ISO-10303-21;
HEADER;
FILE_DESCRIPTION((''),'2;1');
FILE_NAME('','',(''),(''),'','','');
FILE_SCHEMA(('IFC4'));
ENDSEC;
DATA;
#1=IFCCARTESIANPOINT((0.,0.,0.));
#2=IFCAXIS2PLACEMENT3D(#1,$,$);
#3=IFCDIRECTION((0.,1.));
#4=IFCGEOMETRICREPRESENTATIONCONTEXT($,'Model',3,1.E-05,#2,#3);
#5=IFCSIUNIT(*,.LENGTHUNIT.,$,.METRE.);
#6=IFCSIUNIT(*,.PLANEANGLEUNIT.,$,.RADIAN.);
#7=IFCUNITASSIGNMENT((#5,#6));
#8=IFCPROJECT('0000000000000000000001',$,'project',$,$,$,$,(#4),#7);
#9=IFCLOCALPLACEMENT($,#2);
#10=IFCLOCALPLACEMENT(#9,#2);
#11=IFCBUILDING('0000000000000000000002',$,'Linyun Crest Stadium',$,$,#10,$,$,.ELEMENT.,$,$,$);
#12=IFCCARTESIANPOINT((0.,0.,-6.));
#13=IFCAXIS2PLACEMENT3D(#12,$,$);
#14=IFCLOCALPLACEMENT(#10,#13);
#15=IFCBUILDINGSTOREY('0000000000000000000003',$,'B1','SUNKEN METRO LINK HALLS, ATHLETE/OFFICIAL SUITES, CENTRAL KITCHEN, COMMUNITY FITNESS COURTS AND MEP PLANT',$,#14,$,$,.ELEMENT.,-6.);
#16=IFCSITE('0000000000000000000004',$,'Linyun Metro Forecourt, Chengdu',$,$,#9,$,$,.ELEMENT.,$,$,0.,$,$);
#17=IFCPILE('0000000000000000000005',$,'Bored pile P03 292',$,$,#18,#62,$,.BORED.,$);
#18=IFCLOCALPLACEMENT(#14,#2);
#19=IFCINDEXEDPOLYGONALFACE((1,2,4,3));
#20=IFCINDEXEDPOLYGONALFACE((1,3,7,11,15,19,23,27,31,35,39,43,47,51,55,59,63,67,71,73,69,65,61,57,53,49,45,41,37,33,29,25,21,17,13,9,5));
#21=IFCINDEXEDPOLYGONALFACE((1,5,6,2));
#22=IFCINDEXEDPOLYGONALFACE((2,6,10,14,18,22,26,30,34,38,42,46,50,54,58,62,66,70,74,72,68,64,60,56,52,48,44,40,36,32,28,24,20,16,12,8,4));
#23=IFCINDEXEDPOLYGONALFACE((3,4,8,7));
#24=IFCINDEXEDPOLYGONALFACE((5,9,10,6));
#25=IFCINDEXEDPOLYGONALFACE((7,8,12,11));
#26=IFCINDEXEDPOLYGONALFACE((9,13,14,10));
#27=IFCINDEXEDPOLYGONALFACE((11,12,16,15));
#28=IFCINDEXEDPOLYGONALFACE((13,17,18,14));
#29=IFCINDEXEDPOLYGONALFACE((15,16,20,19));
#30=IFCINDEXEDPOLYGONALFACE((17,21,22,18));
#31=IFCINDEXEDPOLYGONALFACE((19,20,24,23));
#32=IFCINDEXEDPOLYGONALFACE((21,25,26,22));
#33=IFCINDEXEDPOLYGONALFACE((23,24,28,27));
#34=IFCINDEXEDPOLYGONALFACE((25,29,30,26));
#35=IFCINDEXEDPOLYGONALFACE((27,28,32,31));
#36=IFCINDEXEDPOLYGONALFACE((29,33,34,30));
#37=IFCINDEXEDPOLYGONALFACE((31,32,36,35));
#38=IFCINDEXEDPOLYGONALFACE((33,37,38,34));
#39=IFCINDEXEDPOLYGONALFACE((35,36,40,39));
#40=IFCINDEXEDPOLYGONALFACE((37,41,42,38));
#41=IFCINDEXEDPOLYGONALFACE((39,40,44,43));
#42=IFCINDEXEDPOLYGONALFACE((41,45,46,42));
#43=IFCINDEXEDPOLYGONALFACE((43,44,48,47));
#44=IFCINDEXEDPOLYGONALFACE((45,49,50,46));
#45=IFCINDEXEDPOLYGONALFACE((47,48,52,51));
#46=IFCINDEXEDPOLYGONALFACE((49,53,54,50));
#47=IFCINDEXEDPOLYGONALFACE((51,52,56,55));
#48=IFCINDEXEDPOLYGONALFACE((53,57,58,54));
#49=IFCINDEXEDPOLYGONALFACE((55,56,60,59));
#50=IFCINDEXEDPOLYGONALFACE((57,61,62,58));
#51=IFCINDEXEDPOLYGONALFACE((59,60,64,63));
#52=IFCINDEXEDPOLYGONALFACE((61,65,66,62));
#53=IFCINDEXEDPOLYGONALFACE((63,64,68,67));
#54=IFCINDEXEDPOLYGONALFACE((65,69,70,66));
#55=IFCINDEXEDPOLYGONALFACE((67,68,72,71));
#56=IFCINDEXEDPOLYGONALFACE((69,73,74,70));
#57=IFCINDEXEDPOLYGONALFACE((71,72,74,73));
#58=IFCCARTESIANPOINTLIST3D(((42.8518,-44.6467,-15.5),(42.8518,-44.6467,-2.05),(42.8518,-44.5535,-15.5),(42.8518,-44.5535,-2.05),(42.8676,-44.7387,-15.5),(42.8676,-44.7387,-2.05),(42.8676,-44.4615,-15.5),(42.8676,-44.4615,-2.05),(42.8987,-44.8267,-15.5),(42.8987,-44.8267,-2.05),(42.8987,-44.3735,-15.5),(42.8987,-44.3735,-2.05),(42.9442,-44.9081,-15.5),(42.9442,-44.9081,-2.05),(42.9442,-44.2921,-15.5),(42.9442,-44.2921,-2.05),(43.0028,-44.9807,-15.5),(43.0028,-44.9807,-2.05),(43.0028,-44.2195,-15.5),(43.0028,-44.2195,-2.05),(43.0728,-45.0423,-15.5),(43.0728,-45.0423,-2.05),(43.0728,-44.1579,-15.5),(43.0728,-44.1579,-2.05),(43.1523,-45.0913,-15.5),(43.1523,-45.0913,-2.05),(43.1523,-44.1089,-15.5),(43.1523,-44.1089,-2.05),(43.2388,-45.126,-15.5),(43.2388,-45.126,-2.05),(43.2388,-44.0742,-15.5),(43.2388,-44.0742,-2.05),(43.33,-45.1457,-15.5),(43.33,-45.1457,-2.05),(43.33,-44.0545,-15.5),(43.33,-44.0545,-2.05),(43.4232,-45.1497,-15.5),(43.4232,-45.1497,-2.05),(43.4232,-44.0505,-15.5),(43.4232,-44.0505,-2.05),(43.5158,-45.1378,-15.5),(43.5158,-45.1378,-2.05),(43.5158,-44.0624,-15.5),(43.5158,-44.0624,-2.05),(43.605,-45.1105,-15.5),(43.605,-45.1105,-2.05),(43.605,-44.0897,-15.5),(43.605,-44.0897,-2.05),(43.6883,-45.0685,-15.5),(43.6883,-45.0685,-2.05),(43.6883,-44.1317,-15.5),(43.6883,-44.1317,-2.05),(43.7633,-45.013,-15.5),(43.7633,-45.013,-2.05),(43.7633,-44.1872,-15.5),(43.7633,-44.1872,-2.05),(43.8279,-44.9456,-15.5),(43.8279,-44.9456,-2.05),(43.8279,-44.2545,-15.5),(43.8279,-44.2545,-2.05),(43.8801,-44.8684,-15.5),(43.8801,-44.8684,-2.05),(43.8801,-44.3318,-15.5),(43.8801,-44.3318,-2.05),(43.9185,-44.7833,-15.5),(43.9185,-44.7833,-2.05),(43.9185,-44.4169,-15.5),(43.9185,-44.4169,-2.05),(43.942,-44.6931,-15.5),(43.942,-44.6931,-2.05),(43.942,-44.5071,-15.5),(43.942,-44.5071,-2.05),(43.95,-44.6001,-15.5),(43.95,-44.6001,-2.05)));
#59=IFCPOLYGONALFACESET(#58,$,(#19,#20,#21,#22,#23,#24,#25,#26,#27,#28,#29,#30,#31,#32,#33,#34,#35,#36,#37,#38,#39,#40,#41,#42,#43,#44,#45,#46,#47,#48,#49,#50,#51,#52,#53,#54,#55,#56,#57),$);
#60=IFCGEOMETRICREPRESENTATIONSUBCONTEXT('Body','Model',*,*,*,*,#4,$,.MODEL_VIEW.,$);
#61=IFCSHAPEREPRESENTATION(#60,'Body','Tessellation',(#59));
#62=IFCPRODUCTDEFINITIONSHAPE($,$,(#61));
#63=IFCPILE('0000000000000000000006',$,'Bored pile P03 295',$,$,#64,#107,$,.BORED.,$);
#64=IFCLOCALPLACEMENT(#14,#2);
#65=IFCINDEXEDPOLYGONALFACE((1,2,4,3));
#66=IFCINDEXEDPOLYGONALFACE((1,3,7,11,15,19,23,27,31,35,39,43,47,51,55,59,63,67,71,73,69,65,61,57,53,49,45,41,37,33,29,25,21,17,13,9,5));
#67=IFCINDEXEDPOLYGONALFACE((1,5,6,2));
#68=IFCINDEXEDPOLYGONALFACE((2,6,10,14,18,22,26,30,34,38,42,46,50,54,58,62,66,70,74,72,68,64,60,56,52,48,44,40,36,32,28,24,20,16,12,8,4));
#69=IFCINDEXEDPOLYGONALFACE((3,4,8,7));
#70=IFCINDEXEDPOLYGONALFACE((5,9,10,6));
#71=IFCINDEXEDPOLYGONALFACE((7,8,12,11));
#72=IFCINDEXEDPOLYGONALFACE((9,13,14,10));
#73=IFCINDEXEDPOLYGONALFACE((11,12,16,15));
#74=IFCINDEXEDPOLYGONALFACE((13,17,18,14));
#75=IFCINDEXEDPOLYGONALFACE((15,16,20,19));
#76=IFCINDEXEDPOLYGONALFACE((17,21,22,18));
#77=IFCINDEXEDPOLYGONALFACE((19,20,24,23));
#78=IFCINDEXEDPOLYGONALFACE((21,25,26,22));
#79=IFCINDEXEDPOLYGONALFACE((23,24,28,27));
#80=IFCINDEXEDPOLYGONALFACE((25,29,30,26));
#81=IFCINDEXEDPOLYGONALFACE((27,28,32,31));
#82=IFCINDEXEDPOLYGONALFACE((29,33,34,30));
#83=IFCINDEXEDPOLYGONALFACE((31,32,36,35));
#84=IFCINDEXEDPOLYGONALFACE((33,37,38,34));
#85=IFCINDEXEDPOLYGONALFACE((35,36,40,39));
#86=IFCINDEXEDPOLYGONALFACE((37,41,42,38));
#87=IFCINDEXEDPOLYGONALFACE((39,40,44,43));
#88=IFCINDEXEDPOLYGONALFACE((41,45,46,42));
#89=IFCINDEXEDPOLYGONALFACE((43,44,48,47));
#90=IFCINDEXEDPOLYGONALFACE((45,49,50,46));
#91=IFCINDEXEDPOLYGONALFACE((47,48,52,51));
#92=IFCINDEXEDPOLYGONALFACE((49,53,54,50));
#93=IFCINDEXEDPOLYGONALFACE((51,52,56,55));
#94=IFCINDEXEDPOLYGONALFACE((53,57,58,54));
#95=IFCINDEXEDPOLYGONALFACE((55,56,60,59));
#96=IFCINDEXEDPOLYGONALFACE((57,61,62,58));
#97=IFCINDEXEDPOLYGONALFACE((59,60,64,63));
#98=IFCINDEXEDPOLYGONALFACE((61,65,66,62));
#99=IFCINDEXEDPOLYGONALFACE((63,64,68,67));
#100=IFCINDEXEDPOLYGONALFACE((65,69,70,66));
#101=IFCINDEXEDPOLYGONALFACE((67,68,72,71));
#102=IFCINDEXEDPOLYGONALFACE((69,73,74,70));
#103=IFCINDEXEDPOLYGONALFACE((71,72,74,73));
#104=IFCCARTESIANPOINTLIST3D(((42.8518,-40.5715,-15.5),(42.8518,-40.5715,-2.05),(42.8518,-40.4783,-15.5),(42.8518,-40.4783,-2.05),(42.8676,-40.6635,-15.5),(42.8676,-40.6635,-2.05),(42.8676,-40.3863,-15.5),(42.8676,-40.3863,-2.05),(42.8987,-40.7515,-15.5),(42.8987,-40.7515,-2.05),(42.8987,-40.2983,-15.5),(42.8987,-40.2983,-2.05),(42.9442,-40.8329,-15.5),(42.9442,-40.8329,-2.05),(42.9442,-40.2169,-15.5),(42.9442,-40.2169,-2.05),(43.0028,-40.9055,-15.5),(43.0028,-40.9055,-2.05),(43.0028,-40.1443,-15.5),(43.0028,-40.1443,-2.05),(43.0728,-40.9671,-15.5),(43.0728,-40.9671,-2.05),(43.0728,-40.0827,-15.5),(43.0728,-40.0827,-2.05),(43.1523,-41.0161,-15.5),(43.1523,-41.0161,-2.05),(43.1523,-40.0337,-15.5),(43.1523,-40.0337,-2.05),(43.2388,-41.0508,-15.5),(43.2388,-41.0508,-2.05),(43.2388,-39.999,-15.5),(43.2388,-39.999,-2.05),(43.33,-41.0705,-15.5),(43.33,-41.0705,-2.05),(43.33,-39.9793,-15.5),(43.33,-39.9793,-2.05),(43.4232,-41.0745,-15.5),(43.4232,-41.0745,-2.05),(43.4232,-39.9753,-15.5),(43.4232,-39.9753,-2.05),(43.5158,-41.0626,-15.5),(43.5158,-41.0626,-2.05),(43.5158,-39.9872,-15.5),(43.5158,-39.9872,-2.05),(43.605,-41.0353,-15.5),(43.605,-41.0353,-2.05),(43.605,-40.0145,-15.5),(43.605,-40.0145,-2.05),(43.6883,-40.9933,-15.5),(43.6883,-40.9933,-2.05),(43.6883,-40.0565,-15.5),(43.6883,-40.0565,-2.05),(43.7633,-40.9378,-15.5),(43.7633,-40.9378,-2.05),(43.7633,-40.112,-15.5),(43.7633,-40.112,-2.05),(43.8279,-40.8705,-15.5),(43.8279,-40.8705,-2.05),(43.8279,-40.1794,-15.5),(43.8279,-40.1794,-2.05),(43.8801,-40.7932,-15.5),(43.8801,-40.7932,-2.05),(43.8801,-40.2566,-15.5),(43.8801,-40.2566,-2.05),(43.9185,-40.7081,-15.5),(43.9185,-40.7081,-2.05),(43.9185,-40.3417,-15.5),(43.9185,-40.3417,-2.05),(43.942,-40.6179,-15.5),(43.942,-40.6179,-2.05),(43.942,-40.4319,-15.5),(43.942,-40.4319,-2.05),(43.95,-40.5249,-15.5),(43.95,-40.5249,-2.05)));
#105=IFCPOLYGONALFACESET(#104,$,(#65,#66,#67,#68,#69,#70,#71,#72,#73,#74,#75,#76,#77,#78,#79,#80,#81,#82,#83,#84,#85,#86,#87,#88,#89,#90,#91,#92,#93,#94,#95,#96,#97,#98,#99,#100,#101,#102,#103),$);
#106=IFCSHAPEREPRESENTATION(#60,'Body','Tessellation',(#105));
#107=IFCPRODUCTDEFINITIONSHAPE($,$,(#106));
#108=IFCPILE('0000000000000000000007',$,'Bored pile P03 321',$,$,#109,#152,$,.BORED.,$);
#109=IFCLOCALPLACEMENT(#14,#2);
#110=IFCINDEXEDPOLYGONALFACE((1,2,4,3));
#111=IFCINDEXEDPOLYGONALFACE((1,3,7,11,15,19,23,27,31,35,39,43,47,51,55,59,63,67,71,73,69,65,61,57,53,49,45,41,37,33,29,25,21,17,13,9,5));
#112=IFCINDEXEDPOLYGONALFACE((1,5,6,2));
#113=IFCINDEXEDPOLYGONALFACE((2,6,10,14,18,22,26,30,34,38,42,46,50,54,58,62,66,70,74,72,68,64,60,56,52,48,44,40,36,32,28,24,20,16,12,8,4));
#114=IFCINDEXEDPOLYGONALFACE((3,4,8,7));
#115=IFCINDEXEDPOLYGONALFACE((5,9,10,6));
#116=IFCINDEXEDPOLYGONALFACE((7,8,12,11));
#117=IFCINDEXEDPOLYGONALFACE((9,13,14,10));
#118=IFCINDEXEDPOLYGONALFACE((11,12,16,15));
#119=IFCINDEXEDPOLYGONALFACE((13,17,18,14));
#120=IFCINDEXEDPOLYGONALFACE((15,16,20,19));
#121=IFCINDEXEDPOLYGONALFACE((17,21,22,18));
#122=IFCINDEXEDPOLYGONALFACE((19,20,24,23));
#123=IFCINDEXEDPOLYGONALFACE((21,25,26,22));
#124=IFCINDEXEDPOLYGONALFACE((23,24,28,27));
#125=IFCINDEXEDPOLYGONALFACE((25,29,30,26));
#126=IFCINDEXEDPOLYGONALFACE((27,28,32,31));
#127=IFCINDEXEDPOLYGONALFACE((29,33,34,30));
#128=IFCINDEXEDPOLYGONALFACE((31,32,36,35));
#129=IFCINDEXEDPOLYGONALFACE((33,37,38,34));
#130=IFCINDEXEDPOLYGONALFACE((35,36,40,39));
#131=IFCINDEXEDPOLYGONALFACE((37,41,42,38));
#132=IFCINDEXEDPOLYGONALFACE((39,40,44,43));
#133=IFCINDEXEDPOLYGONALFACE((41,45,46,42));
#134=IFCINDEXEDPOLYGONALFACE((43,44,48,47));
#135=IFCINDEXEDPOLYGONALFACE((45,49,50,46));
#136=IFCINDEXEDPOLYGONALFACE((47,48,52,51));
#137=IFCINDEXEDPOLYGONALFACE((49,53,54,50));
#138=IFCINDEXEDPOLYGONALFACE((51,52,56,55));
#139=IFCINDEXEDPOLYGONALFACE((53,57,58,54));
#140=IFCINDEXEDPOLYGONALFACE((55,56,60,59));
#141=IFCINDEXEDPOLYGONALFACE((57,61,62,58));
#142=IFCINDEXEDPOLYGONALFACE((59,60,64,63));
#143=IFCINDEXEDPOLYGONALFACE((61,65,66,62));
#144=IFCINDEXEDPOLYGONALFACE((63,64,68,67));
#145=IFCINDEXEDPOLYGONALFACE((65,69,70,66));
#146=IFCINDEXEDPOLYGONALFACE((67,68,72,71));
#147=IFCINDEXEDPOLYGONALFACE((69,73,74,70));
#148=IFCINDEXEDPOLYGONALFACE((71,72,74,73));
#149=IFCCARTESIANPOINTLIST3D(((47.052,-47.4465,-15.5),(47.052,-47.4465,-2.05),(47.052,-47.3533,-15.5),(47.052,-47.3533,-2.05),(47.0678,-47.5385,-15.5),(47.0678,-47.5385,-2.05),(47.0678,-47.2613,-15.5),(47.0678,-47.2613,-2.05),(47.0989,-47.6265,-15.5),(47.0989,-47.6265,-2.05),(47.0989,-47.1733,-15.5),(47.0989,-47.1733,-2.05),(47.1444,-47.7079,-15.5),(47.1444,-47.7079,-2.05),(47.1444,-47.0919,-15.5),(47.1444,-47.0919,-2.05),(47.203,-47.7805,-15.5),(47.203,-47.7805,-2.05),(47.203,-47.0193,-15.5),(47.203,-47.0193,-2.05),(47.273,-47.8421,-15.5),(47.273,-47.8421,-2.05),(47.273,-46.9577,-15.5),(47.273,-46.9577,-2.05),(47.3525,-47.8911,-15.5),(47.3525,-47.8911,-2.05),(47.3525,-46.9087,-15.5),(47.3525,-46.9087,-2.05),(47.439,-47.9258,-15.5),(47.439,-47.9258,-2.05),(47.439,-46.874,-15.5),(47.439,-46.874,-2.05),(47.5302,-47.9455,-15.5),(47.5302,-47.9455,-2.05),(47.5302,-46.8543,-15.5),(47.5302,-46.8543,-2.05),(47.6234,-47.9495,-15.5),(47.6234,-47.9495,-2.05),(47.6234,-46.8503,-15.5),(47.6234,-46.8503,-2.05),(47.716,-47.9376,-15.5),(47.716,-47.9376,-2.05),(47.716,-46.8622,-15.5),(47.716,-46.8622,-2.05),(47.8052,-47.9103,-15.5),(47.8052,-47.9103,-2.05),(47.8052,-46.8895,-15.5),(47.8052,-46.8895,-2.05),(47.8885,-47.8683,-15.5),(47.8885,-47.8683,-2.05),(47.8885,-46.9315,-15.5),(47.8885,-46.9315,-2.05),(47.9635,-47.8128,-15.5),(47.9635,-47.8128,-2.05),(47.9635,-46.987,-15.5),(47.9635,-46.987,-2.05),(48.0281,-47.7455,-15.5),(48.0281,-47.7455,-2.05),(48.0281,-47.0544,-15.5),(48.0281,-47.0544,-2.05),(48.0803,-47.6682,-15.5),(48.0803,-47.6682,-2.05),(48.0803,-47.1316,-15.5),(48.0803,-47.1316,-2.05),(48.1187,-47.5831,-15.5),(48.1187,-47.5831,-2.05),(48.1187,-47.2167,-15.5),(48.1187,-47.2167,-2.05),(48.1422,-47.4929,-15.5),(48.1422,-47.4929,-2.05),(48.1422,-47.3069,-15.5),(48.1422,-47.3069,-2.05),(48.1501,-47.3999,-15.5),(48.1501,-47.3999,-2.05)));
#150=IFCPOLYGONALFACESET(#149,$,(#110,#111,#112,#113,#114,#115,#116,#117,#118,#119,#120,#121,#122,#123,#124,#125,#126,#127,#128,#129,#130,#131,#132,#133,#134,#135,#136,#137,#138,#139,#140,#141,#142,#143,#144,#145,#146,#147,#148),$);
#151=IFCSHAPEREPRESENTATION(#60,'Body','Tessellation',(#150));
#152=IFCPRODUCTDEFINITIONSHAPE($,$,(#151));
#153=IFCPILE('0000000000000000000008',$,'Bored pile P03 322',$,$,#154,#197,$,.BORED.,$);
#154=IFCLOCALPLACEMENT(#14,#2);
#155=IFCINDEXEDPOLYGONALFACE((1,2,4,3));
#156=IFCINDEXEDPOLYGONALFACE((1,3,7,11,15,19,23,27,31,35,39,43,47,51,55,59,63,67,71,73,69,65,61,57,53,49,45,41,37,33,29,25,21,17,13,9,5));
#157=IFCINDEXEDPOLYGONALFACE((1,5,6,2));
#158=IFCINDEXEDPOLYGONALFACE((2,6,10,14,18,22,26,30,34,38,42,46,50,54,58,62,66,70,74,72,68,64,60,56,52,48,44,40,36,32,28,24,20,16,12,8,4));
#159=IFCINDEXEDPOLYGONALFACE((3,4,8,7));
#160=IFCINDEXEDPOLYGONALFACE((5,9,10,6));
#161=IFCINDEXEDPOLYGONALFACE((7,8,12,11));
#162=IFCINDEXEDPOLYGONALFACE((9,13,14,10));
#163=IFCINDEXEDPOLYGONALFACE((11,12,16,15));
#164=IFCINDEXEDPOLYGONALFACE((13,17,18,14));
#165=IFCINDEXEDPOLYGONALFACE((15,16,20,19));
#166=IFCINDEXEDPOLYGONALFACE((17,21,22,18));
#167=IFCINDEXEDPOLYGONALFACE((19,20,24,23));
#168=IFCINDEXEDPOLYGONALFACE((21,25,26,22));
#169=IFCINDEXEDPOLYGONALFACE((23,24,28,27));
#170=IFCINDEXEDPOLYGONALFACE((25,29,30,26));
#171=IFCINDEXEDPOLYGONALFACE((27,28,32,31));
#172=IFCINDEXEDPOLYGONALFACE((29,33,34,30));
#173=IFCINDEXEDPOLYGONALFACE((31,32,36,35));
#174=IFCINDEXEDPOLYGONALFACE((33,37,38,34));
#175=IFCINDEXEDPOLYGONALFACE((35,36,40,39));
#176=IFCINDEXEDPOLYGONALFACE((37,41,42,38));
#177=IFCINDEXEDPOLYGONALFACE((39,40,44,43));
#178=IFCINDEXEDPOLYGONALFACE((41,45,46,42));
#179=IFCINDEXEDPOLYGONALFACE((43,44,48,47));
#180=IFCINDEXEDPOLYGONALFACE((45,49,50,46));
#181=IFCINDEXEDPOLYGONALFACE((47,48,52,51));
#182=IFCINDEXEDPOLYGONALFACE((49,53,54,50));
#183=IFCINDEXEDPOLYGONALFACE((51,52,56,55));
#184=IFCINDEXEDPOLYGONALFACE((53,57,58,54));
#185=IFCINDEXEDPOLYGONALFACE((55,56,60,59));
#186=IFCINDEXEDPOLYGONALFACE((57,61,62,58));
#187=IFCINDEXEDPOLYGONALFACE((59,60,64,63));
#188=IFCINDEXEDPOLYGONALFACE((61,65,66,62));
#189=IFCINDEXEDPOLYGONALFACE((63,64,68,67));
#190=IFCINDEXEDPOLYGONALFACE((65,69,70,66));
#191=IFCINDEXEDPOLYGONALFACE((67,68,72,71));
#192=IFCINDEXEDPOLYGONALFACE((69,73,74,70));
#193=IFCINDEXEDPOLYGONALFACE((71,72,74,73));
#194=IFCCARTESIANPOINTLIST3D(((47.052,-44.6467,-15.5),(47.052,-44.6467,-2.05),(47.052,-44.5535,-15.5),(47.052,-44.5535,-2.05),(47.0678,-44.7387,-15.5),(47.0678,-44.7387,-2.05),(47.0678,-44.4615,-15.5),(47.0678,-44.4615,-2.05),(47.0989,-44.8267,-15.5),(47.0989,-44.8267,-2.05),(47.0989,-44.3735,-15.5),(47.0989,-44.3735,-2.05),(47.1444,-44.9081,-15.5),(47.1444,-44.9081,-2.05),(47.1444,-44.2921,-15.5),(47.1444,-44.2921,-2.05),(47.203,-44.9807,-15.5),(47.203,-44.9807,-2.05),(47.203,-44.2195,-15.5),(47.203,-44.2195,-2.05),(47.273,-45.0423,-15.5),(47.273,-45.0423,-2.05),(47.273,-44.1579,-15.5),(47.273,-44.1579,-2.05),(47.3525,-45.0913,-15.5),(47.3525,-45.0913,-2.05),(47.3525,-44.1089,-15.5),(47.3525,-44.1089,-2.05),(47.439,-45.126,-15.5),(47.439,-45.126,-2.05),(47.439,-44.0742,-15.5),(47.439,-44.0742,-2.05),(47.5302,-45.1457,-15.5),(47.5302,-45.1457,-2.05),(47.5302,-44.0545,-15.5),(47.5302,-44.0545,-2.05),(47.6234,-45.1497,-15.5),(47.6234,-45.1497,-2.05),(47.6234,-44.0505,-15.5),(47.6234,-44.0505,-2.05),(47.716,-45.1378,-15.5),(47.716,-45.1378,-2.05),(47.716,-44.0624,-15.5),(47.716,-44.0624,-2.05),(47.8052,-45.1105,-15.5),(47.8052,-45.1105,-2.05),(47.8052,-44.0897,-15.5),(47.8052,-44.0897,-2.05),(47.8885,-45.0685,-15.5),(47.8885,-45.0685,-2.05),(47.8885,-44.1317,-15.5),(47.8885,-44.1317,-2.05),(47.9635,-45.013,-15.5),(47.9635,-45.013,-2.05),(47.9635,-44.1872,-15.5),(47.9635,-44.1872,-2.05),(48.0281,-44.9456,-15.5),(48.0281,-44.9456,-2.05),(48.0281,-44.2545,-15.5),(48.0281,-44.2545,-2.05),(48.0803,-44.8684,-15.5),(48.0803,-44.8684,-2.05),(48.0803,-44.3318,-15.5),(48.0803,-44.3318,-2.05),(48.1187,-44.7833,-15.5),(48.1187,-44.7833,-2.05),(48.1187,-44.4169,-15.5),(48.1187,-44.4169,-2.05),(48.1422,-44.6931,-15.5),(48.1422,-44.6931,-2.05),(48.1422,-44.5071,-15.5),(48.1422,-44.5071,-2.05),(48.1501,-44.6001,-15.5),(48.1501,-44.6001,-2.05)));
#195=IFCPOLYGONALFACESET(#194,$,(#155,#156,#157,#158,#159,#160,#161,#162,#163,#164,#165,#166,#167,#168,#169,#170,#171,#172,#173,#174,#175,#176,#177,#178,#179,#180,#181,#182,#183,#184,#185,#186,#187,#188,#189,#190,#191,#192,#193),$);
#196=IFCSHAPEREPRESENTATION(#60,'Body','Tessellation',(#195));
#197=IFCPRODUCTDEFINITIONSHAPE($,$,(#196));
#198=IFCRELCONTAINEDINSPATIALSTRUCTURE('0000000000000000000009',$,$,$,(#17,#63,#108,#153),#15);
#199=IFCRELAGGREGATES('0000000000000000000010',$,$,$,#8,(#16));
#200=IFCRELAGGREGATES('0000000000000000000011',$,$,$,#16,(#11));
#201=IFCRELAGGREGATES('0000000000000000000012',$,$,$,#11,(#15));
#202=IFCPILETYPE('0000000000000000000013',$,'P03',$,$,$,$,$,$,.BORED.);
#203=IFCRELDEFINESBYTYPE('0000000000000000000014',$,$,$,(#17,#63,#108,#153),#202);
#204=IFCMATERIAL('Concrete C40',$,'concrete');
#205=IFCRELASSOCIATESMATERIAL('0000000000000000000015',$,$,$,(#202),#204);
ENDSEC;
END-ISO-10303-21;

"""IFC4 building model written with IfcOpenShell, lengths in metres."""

from ifc_helpers import new_model, si_unit, direction, frame, origin, origin_2d, place, context, subcontext, project, spatial, circle, extrude, material, material_profile, profile_set, type_object, element, save


model = new_model("IFC4")

# Units and contexts
model_context = context("Model", 3, precision=1e-05, world=origin(), true_north=direction((0.0, 1.0)))
body_context = subcontext(model_context, "Body", "Model", "MODEL_VIEW")
ifc_project = project(units=[si_unit("LENGTHUNIT", "METRE"), si_unit("PLANEANGLEUNIT", "RADIAN")], contexts=[model_context])

# Site, building, storey
site_placement = place(None, origin())
site = spatial("IfcSite", under=ifc_project, at=site_placement, Name="Linyun Metro Forecourt, Chengdu", CompositionType="ELEMENT", RefElevation=0.0)
building_placement = place(site_placement, origin())
building = spatial("IfcBuilding", under=site, at=building_placement, Name="Linyun Crest Stadium", CompositionType="ELEMENT")
storey_placement = place(building_placement, frame((0.0, 0.0, -6.0)))
storey = spatial("IfcBuildingStorey", under=building, at=storey_placement, Name="B1", Description="SUNKEN METRO LINK HALLS, ATHLETE/OFFICIAL SUITES, CENTRAL KITCHEN, COMMUNITY FITNESS COURTS AND MEP PLANT", CompositionType="ELEMENT", Elevation=-6.0)

# Piles
ifc_material_1 = material(Name="Concrete C40", Category="concrete")
ifc_material_profile_1 = material_profile(ifc_material_1, circle(Radius=0.55, at=origin_2d()), Name="BORED PILE 1100")
ifc_profile_set_1 = profile_set([ifc_material_profile_1], Name="Concrete C40")
pile_type = type_object("IfcPileType", Name="P03", PredefinedType="BORED", material=ifc_profile_set_1)
for number, where, z_axis, x_axis, name in (
    (1, (43.3999, -44.6001, -2.05), (0.0, 0.0, -1.0), (1.0, 0.0, 0.0), "Bored pile P03 292"),
    (2, (43.3999, -40.5249, -2.05), (0.0, 0.0, -1.0), (1.0, 0.0, 0.0), "Bored pile P03 295"),
    (3, (47.6001, -47.3999, -2.05), (0.0, 0.0, -1.0), (1.0, 0.0, 0.0), "Bored pile P03 321"),
    (4, (47.6001, -44.6001, -2.05), (0.0, 0.0, -1.0), (1.0, 0.0, 0.0), "Bored pile P03 322"),
):
    element("IfcPile", number, at=place(storey_placement, frame(where, z_axis=z_axis, x_axis=x_axis)), inside=storey, type_object=pile_type, Name=name, PredefinedType="BORED", context=body_context, shape_type="SweptSolid", body=[
        extrude(circle(Radius=0.55, at=origin_2d()), origin(), (0.0, 0.0, 1.0), 13.45),
    ])

save(model, "model.ifc")
